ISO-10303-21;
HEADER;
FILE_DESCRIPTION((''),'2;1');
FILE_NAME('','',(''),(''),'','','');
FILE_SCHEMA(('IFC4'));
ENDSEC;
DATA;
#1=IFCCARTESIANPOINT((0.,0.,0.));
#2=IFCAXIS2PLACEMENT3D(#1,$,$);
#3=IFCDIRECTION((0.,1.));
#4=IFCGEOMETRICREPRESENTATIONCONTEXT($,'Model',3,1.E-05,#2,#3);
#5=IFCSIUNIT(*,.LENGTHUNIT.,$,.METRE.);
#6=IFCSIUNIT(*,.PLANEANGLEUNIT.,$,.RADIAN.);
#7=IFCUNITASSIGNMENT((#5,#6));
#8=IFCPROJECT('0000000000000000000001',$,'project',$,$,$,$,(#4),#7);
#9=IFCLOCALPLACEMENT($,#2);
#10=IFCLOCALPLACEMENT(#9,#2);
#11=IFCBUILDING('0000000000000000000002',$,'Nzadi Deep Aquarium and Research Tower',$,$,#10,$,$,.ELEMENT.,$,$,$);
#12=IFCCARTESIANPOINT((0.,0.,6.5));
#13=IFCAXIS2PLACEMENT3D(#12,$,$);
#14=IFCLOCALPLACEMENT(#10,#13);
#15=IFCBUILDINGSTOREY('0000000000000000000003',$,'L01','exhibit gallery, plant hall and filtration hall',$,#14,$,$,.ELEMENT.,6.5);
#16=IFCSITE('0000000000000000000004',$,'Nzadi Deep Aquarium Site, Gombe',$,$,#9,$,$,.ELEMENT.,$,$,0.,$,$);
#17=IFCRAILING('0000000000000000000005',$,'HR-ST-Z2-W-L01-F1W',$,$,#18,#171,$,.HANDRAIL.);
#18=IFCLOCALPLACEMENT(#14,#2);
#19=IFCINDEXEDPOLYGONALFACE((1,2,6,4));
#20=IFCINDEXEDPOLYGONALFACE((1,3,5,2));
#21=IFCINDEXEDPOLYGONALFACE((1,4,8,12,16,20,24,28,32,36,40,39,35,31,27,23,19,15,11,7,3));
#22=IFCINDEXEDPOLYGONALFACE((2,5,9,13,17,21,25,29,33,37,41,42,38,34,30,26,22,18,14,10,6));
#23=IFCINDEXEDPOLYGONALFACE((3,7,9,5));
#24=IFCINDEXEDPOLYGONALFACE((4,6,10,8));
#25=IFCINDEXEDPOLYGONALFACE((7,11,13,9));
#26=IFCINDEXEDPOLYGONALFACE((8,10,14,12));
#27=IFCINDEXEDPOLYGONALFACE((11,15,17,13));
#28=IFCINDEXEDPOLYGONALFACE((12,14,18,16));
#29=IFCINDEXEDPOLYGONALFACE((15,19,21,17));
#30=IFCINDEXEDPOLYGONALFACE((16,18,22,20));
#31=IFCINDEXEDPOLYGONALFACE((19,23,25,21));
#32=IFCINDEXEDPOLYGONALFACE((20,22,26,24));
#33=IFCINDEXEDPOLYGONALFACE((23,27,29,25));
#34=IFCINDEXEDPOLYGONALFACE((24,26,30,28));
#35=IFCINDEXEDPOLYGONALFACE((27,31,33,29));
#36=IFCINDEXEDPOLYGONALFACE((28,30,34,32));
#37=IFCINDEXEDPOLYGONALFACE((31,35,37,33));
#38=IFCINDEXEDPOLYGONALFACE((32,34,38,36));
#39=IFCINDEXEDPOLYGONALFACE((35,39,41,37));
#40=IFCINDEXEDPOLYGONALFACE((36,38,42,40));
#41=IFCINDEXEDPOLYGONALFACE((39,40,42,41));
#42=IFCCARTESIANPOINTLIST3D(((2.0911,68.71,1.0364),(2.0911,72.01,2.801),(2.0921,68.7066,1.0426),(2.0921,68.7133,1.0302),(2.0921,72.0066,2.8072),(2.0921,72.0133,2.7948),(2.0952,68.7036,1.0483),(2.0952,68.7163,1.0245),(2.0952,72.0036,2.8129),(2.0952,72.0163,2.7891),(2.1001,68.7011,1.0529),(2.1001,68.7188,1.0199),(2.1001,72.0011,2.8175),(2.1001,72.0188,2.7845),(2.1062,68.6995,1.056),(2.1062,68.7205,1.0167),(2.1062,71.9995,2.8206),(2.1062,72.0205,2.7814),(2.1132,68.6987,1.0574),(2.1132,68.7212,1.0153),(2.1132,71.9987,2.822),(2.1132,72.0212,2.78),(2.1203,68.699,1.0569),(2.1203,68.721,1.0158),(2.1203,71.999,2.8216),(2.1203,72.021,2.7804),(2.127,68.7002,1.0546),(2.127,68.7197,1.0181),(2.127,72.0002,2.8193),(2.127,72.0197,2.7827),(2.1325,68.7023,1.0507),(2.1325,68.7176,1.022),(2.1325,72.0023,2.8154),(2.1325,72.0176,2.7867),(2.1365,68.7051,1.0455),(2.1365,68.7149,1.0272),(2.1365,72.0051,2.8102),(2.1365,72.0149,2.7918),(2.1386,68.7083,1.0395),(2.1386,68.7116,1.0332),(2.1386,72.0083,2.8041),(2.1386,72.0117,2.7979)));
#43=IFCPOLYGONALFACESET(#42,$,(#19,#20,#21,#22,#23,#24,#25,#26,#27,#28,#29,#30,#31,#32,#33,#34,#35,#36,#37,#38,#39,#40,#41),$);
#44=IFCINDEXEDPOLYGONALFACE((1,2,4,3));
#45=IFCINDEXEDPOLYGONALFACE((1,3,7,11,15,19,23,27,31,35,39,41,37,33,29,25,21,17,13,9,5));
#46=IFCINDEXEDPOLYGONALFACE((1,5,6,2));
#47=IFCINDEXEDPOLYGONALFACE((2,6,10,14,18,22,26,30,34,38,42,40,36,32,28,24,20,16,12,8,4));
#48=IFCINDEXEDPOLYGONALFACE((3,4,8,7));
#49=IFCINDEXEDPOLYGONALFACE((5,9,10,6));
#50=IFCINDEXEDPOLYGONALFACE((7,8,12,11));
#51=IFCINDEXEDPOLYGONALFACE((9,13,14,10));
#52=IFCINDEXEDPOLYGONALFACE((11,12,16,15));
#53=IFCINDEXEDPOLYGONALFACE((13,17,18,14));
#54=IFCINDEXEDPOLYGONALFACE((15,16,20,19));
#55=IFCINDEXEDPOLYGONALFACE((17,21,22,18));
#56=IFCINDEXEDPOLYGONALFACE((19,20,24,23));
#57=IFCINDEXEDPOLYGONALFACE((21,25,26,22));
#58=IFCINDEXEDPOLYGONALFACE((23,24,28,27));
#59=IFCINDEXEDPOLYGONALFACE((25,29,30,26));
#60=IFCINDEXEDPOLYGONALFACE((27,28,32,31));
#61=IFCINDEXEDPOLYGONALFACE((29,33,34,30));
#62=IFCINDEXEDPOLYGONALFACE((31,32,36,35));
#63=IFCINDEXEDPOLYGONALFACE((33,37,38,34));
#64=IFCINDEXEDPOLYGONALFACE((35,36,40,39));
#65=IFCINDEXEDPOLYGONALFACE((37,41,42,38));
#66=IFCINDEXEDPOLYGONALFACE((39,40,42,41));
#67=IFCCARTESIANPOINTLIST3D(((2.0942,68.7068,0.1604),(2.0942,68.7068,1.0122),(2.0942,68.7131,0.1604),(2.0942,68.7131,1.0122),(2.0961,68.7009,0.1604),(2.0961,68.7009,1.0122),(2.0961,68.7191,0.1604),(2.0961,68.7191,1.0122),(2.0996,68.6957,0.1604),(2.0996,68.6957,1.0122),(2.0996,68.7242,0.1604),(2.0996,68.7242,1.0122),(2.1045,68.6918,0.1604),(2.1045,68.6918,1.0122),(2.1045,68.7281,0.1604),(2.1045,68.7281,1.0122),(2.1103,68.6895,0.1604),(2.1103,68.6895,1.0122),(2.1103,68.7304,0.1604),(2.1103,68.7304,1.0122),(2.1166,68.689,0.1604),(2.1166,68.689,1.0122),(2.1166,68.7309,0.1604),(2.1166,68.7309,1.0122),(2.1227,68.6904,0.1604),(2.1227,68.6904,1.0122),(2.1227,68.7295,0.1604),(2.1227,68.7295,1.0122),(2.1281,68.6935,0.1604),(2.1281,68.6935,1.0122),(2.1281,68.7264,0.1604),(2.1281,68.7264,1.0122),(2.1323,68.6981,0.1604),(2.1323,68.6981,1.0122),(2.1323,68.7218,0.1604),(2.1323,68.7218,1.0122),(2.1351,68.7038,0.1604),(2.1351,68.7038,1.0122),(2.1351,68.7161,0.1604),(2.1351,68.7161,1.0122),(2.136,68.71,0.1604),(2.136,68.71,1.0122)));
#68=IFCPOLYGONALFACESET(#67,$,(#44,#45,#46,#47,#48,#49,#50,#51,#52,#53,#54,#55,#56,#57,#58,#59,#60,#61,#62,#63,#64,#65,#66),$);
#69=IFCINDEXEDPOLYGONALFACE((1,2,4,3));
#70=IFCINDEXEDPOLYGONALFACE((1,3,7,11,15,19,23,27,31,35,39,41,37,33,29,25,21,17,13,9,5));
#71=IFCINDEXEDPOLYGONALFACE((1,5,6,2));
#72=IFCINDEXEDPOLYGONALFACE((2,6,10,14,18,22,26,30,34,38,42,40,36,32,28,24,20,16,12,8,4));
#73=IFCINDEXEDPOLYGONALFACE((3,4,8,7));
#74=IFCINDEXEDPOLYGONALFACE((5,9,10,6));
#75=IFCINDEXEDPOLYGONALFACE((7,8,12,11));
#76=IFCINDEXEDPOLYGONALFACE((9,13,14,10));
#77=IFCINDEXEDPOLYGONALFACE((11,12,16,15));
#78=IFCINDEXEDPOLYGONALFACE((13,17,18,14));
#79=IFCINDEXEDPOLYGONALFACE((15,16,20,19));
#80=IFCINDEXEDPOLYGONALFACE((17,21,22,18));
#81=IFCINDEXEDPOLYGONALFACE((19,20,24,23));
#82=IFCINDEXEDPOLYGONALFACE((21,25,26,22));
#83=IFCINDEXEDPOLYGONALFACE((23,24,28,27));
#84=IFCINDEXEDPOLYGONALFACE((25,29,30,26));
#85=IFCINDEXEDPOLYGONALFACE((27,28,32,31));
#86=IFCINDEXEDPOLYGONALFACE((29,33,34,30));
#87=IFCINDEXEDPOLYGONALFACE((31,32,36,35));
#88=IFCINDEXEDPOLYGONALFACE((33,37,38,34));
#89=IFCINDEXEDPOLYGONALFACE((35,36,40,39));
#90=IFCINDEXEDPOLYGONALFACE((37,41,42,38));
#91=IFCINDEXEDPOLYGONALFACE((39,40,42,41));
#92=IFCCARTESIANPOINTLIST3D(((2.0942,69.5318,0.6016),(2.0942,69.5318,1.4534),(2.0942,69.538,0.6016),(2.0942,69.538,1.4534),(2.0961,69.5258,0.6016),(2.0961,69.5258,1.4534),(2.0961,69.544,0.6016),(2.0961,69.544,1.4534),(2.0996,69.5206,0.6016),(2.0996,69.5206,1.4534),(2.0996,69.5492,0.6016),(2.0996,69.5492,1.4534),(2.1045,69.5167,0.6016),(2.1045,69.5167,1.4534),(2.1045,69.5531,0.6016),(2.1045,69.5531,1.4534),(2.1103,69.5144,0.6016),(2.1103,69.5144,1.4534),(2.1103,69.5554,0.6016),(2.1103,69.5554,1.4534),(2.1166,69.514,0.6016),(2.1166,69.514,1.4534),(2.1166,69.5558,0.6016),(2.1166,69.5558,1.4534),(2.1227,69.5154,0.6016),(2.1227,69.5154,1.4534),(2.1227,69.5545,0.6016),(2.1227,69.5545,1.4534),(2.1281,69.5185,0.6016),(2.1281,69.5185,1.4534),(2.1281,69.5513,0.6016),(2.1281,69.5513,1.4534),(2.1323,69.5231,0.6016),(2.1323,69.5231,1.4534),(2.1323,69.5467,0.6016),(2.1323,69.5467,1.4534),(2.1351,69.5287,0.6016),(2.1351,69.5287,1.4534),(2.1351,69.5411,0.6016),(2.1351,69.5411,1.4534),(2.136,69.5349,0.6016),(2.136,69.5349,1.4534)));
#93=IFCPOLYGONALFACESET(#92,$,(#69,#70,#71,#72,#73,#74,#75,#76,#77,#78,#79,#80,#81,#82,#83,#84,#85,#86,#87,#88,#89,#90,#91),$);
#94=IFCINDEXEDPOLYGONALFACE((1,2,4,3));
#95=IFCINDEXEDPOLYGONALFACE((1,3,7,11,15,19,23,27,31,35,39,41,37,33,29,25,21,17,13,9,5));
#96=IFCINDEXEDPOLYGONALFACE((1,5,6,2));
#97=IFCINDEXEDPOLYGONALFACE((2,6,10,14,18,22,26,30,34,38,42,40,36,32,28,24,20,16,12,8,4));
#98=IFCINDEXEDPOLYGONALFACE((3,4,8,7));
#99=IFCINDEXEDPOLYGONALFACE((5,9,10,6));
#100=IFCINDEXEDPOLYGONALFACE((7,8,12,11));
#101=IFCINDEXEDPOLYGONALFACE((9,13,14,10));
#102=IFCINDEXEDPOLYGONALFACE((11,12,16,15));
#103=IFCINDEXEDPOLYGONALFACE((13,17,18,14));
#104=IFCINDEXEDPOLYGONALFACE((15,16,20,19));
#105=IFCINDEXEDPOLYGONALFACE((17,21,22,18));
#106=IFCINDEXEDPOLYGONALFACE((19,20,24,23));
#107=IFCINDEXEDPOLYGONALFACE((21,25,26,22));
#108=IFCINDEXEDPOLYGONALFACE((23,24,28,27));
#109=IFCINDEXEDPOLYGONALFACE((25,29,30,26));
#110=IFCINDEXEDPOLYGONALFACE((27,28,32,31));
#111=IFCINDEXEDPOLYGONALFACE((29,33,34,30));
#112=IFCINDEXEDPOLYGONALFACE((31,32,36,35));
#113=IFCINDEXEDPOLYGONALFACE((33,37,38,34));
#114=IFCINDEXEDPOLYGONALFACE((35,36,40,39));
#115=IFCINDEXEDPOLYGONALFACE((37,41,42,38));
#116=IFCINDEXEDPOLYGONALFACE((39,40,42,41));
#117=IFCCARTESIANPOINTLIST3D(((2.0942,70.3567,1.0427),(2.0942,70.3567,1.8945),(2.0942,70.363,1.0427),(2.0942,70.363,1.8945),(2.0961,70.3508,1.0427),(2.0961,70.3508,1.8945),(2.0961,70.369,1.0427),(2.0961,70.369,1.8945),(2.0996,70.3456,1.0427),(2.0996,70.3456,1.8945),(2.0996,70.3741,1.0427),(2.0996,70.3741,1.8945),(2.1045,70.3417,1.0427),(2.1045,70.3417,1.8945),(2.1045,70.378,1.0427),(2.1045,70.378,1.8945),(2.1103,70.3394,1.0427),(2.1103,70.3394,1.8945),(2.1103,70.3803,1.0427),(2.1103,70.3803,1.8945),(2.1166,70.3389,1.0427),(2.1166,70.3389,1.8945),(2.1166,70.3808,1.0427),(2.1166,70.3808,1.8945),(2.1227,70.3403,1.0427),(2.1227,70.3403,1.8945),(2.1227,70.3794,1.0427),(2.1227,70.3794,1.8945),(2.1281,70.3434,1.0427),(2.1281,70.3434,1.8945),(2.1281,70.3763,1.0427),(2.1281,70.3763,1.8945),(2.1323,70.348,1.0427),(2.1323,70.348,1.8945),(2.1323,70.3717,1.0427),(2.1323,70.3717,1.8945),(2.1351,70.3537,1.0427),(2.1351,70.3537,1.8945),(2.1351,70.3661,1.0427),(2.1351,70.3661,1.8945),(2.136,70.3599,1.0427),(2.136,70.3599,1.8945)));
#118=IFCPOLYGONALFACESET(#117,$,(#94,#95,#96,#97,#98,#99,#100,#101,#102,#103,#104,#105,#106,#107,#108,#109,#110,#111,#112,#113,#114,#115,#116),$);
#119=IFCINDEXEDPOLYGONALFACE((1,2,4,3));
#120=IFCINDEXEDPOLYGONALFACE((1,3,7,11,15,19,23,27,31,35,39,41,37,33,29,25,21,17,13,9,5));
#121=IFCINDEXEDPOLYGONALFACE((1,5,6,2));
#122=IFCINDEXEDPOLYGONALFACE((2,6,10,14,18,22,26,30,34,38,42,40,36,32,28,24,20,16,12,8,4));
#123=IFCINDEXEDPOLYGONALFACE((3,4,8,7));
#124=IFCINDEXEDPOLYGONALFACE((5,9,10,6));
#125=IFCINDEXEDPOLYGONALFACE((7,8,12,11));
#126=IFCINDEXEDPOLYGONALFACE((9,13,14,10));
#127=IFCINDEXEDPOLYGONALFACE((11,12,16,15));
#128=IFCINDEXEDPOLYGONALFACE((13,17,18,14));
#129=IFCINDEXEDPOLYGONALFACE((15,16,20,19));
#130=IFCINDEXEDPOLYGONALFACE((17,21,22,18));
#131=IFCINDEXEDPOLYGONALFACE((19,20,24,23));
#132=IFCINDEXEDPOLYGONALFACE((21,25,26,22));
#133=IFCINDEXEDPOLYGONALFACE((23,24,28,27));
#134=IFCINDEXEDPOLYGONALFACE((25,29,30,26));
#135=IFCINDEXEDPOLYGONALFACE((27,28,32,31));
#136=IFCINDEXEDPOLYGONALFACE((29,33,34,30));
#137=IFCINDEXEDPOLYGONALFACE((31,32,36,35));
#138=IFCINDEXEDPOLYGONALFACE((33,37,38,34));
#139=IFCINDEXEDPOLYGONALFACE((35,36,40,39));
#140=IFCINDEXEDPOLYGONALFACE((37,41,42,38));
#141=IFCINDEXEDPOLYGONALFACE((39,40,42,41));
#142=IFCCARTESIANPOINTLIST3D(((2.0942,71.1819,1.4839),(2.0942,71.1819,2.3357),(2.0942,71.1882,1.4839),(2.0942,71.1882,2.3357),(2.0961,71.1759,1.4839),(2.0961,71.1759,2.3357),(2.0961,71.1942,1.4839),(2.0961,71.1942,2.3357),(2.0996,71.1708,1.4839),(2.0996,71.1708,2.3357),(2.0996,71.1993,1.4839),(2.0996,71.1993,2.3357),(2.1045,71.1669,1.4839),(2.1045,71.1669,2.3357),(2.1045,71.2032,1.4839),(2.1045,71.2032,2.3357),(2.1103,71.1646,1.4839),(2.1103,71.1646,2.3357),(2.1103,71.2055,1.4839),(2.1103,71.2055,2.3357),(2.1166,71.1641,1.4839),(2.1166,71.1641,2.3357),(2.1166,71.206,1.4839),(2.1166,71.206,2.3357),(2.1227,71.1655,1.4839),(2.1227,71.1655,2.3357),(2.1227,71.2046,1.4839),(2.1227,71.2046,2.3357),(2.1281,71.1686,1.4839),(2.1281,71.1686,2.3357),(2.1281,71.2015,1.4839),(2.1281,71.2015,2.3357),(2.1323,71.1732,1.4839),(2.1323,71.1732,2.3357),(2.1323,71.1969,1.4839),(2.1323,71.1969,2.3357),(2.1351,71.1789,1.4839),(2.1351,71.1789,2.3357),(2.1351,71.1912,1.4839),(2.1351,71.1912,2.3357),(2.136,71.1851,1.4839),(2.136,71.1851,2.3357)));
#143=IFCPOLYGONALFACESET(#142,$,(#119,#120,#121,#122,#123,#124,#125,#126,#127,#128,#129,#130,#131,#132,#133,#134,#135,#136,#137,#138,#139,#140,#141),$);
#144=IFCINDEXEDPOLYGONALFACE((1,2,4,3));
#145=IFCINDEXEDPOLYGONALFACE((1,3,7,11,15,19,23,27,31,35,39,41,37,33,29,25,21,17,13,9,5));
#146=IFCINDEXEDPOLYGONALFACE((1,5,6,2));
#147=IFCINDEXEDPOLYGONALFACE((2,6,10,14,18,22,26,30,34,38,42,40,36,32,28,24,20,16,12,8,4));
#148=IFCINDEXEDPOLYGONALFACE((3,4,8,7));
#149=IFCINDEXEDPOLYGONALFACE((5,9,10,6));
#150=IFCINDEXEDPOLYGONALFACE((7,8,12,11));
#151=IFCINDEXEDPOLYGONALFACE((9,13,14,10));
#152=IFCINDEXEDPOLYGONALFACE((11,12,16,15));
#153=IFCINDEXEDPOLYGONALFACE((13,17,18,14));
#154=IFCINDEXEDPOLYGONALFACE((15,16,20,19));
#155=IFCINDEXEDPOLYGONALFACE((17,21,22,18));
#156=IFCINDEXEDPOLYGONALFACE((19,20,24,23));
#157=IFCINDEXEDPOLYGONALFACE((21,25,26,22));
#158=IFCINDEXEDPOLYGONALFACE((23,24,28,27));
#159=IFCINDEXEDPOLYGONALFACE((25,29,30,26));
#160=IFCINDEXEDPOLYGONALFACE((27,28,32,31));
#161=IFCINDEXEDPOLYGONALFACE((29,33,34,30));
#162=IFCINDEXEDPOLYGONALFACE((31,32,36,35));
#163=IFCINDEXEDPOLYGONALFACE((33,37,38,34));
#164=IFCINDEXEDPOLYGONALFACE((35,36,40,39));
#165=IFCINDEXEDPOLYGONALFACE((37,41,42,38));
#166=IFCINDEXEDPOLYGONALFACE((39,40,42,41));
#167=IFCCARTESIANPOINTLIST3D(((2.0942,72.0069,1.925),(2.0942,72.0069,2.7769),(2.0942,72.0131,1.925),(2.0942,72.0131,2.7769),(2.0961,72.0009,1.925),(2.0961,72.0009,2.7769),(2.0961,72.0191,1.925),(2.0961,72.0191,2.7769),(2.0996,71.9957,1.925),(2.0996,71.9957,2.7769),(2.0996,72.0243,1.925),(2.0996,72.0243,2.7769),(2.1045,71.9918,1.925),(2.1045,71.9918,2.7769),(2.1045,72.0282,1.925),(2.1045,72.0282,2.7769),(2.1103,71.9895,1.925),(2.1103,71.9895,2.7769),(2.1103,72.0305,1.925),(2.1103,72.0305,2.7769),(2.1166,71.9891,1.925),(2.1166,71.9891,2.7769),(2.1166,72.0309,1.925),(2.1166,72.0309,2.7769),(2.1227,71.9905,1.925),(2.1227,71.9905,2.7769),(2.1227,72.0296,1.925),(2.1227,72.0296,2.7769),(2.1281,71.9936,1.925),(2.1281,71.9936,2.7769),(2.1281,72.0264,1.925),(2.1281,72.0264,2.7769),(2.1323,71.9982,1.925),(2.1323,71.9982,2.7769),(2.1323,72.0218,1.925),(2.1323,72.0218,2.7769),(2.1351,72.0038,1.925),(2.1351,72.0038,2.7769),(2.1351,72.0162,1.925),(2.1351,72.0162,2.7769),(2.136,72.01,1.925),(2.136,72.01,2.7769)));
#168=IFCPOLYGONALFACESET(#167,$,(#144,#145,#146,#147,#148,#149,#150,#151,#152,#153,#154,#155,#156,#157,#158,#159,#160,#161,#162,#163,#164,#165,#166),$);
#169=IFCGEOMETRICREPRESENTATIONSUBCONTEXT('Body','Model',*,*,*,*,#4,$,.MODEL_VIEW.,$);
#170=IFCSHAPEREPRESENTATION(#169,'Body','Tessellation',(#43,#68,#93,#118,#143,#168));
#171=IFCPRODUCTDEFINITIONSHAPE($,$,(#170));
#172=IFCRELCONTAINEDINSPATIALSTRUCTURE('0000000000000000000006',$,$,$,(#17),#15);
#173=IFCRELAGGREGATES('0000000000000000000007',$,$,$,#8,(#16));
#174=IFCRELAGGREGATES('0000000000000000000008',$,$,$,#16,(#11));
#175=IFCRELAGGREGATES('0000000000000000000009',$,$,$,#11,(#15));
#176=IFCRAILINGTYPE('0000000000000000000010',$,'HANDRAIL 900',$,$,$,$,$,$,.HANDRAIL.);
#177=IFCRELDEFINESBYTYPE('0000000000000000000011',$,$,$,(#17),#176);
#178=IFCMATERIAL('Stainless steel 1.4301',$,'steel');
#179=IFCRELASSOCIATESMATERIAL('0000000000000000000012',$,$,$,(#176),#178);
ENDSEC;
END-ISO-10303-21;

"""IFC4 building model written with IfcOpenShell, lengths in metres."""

from ifc_helpers import new_model, si_unit, direction, frame, origin, origin_2d, place, context, subcontext, project, spatial, circle, extrude, material, type_object, element, save


model = new_model("IFC4")

# Units and contexts
model_context = context("Model", 3, precision=1e-05, world=origin(), true_north=direction((0.0, 1.0)))
body_context = subcontext(model_context, "Body", "Model", "MODEL_VIEW")
ifc_project = project(units=[si_unit("LENGTHUNIT", "METRE"), si_unit("PLANEANGLEUNIT", "RADIAN")], contexts=[model_context])

# Site, building, storey
site_placement = place(None, origin())
site = spatial("IfcSite", under=ifc_project, at=site_placement, Name="Nzadi Deep Aquarium Site, Gombe", CompositionType="ELEMENT", RefElevation=0.0)
building_placement = place(site_placement, origin())
building = spatial("IfcBuilding", under=site, at=building_placement, Name="Nzadi Deep Aquarium and Research Tower", CompositionType="ELEMENT")
storey_placement = place(building_placement, frame((0.0, 0.0, 6.5)))
storey = spatial("IfcBuildingStorey", under=building, at=storey_placement, Name="L01", Description="exhibit gallery, plant hall and filtration hall", CompositionType="ELEMENT", Elevation=6.5)

# Railing
ifc_material_1 = material(Name="Stainless steel 1.4301", Category="steel")
railing_type = type_object("IfcRailingType", Name="HANDRAIL 900", PredefinedType="HANDRAIL", material=ifc_material_1)
for number, where, name in (
    (1, (2.115, 68.71, 0.1604), "HR-ST-Z2-W-L01-F1W"),
):
    element("IfcRailing", number, at=place(storey_placement, frame(where)), inside=storey, type_object=railing_type, Name=name, PredefinedType="HANDRAIL", context=body_context, shape_type="SweptSolid", body=[
        extrude(circle(Radius=0.0239, at=origin_2d()), frame((0.0, 0.0, 0.876), z_axis=(0.0, 0.88184, 0.47155), x_axis=(-1.0, 0.0, 0.0)), (0.0, 0.0, 1.0), 3.7422),
        extrude(circle(Radius=0.021, at=origin_2d()), origin(), (0.0, 0.0, 1.0), 0.8518),
        extrude(circle(Radius=0.021, at=origin_2d()), frame((0.0, 0.825, 0.4412)), (0.0, 0.0, 1.0), 0.8518),
        extrude(circle(Radius=0.021, at=origin_2d()), frame((0.0, 1.6499, 0.8823)), (0.0, 0.0, 1.0), 0.8518),
        extrude(circle(Radius=0.021, at=origin_2d()), frame((0.0, 2.4751, 1.3235)), (0.0, 0.0, 1.0), 0.8518),
        extrude(circle(Radius=0.021, at=origin_2d()), frame((0.0, 3.3, 1.7646)), (0.0, 0.0, 1.0), 0.8518),
    ])

save(model, "model.ifc")
